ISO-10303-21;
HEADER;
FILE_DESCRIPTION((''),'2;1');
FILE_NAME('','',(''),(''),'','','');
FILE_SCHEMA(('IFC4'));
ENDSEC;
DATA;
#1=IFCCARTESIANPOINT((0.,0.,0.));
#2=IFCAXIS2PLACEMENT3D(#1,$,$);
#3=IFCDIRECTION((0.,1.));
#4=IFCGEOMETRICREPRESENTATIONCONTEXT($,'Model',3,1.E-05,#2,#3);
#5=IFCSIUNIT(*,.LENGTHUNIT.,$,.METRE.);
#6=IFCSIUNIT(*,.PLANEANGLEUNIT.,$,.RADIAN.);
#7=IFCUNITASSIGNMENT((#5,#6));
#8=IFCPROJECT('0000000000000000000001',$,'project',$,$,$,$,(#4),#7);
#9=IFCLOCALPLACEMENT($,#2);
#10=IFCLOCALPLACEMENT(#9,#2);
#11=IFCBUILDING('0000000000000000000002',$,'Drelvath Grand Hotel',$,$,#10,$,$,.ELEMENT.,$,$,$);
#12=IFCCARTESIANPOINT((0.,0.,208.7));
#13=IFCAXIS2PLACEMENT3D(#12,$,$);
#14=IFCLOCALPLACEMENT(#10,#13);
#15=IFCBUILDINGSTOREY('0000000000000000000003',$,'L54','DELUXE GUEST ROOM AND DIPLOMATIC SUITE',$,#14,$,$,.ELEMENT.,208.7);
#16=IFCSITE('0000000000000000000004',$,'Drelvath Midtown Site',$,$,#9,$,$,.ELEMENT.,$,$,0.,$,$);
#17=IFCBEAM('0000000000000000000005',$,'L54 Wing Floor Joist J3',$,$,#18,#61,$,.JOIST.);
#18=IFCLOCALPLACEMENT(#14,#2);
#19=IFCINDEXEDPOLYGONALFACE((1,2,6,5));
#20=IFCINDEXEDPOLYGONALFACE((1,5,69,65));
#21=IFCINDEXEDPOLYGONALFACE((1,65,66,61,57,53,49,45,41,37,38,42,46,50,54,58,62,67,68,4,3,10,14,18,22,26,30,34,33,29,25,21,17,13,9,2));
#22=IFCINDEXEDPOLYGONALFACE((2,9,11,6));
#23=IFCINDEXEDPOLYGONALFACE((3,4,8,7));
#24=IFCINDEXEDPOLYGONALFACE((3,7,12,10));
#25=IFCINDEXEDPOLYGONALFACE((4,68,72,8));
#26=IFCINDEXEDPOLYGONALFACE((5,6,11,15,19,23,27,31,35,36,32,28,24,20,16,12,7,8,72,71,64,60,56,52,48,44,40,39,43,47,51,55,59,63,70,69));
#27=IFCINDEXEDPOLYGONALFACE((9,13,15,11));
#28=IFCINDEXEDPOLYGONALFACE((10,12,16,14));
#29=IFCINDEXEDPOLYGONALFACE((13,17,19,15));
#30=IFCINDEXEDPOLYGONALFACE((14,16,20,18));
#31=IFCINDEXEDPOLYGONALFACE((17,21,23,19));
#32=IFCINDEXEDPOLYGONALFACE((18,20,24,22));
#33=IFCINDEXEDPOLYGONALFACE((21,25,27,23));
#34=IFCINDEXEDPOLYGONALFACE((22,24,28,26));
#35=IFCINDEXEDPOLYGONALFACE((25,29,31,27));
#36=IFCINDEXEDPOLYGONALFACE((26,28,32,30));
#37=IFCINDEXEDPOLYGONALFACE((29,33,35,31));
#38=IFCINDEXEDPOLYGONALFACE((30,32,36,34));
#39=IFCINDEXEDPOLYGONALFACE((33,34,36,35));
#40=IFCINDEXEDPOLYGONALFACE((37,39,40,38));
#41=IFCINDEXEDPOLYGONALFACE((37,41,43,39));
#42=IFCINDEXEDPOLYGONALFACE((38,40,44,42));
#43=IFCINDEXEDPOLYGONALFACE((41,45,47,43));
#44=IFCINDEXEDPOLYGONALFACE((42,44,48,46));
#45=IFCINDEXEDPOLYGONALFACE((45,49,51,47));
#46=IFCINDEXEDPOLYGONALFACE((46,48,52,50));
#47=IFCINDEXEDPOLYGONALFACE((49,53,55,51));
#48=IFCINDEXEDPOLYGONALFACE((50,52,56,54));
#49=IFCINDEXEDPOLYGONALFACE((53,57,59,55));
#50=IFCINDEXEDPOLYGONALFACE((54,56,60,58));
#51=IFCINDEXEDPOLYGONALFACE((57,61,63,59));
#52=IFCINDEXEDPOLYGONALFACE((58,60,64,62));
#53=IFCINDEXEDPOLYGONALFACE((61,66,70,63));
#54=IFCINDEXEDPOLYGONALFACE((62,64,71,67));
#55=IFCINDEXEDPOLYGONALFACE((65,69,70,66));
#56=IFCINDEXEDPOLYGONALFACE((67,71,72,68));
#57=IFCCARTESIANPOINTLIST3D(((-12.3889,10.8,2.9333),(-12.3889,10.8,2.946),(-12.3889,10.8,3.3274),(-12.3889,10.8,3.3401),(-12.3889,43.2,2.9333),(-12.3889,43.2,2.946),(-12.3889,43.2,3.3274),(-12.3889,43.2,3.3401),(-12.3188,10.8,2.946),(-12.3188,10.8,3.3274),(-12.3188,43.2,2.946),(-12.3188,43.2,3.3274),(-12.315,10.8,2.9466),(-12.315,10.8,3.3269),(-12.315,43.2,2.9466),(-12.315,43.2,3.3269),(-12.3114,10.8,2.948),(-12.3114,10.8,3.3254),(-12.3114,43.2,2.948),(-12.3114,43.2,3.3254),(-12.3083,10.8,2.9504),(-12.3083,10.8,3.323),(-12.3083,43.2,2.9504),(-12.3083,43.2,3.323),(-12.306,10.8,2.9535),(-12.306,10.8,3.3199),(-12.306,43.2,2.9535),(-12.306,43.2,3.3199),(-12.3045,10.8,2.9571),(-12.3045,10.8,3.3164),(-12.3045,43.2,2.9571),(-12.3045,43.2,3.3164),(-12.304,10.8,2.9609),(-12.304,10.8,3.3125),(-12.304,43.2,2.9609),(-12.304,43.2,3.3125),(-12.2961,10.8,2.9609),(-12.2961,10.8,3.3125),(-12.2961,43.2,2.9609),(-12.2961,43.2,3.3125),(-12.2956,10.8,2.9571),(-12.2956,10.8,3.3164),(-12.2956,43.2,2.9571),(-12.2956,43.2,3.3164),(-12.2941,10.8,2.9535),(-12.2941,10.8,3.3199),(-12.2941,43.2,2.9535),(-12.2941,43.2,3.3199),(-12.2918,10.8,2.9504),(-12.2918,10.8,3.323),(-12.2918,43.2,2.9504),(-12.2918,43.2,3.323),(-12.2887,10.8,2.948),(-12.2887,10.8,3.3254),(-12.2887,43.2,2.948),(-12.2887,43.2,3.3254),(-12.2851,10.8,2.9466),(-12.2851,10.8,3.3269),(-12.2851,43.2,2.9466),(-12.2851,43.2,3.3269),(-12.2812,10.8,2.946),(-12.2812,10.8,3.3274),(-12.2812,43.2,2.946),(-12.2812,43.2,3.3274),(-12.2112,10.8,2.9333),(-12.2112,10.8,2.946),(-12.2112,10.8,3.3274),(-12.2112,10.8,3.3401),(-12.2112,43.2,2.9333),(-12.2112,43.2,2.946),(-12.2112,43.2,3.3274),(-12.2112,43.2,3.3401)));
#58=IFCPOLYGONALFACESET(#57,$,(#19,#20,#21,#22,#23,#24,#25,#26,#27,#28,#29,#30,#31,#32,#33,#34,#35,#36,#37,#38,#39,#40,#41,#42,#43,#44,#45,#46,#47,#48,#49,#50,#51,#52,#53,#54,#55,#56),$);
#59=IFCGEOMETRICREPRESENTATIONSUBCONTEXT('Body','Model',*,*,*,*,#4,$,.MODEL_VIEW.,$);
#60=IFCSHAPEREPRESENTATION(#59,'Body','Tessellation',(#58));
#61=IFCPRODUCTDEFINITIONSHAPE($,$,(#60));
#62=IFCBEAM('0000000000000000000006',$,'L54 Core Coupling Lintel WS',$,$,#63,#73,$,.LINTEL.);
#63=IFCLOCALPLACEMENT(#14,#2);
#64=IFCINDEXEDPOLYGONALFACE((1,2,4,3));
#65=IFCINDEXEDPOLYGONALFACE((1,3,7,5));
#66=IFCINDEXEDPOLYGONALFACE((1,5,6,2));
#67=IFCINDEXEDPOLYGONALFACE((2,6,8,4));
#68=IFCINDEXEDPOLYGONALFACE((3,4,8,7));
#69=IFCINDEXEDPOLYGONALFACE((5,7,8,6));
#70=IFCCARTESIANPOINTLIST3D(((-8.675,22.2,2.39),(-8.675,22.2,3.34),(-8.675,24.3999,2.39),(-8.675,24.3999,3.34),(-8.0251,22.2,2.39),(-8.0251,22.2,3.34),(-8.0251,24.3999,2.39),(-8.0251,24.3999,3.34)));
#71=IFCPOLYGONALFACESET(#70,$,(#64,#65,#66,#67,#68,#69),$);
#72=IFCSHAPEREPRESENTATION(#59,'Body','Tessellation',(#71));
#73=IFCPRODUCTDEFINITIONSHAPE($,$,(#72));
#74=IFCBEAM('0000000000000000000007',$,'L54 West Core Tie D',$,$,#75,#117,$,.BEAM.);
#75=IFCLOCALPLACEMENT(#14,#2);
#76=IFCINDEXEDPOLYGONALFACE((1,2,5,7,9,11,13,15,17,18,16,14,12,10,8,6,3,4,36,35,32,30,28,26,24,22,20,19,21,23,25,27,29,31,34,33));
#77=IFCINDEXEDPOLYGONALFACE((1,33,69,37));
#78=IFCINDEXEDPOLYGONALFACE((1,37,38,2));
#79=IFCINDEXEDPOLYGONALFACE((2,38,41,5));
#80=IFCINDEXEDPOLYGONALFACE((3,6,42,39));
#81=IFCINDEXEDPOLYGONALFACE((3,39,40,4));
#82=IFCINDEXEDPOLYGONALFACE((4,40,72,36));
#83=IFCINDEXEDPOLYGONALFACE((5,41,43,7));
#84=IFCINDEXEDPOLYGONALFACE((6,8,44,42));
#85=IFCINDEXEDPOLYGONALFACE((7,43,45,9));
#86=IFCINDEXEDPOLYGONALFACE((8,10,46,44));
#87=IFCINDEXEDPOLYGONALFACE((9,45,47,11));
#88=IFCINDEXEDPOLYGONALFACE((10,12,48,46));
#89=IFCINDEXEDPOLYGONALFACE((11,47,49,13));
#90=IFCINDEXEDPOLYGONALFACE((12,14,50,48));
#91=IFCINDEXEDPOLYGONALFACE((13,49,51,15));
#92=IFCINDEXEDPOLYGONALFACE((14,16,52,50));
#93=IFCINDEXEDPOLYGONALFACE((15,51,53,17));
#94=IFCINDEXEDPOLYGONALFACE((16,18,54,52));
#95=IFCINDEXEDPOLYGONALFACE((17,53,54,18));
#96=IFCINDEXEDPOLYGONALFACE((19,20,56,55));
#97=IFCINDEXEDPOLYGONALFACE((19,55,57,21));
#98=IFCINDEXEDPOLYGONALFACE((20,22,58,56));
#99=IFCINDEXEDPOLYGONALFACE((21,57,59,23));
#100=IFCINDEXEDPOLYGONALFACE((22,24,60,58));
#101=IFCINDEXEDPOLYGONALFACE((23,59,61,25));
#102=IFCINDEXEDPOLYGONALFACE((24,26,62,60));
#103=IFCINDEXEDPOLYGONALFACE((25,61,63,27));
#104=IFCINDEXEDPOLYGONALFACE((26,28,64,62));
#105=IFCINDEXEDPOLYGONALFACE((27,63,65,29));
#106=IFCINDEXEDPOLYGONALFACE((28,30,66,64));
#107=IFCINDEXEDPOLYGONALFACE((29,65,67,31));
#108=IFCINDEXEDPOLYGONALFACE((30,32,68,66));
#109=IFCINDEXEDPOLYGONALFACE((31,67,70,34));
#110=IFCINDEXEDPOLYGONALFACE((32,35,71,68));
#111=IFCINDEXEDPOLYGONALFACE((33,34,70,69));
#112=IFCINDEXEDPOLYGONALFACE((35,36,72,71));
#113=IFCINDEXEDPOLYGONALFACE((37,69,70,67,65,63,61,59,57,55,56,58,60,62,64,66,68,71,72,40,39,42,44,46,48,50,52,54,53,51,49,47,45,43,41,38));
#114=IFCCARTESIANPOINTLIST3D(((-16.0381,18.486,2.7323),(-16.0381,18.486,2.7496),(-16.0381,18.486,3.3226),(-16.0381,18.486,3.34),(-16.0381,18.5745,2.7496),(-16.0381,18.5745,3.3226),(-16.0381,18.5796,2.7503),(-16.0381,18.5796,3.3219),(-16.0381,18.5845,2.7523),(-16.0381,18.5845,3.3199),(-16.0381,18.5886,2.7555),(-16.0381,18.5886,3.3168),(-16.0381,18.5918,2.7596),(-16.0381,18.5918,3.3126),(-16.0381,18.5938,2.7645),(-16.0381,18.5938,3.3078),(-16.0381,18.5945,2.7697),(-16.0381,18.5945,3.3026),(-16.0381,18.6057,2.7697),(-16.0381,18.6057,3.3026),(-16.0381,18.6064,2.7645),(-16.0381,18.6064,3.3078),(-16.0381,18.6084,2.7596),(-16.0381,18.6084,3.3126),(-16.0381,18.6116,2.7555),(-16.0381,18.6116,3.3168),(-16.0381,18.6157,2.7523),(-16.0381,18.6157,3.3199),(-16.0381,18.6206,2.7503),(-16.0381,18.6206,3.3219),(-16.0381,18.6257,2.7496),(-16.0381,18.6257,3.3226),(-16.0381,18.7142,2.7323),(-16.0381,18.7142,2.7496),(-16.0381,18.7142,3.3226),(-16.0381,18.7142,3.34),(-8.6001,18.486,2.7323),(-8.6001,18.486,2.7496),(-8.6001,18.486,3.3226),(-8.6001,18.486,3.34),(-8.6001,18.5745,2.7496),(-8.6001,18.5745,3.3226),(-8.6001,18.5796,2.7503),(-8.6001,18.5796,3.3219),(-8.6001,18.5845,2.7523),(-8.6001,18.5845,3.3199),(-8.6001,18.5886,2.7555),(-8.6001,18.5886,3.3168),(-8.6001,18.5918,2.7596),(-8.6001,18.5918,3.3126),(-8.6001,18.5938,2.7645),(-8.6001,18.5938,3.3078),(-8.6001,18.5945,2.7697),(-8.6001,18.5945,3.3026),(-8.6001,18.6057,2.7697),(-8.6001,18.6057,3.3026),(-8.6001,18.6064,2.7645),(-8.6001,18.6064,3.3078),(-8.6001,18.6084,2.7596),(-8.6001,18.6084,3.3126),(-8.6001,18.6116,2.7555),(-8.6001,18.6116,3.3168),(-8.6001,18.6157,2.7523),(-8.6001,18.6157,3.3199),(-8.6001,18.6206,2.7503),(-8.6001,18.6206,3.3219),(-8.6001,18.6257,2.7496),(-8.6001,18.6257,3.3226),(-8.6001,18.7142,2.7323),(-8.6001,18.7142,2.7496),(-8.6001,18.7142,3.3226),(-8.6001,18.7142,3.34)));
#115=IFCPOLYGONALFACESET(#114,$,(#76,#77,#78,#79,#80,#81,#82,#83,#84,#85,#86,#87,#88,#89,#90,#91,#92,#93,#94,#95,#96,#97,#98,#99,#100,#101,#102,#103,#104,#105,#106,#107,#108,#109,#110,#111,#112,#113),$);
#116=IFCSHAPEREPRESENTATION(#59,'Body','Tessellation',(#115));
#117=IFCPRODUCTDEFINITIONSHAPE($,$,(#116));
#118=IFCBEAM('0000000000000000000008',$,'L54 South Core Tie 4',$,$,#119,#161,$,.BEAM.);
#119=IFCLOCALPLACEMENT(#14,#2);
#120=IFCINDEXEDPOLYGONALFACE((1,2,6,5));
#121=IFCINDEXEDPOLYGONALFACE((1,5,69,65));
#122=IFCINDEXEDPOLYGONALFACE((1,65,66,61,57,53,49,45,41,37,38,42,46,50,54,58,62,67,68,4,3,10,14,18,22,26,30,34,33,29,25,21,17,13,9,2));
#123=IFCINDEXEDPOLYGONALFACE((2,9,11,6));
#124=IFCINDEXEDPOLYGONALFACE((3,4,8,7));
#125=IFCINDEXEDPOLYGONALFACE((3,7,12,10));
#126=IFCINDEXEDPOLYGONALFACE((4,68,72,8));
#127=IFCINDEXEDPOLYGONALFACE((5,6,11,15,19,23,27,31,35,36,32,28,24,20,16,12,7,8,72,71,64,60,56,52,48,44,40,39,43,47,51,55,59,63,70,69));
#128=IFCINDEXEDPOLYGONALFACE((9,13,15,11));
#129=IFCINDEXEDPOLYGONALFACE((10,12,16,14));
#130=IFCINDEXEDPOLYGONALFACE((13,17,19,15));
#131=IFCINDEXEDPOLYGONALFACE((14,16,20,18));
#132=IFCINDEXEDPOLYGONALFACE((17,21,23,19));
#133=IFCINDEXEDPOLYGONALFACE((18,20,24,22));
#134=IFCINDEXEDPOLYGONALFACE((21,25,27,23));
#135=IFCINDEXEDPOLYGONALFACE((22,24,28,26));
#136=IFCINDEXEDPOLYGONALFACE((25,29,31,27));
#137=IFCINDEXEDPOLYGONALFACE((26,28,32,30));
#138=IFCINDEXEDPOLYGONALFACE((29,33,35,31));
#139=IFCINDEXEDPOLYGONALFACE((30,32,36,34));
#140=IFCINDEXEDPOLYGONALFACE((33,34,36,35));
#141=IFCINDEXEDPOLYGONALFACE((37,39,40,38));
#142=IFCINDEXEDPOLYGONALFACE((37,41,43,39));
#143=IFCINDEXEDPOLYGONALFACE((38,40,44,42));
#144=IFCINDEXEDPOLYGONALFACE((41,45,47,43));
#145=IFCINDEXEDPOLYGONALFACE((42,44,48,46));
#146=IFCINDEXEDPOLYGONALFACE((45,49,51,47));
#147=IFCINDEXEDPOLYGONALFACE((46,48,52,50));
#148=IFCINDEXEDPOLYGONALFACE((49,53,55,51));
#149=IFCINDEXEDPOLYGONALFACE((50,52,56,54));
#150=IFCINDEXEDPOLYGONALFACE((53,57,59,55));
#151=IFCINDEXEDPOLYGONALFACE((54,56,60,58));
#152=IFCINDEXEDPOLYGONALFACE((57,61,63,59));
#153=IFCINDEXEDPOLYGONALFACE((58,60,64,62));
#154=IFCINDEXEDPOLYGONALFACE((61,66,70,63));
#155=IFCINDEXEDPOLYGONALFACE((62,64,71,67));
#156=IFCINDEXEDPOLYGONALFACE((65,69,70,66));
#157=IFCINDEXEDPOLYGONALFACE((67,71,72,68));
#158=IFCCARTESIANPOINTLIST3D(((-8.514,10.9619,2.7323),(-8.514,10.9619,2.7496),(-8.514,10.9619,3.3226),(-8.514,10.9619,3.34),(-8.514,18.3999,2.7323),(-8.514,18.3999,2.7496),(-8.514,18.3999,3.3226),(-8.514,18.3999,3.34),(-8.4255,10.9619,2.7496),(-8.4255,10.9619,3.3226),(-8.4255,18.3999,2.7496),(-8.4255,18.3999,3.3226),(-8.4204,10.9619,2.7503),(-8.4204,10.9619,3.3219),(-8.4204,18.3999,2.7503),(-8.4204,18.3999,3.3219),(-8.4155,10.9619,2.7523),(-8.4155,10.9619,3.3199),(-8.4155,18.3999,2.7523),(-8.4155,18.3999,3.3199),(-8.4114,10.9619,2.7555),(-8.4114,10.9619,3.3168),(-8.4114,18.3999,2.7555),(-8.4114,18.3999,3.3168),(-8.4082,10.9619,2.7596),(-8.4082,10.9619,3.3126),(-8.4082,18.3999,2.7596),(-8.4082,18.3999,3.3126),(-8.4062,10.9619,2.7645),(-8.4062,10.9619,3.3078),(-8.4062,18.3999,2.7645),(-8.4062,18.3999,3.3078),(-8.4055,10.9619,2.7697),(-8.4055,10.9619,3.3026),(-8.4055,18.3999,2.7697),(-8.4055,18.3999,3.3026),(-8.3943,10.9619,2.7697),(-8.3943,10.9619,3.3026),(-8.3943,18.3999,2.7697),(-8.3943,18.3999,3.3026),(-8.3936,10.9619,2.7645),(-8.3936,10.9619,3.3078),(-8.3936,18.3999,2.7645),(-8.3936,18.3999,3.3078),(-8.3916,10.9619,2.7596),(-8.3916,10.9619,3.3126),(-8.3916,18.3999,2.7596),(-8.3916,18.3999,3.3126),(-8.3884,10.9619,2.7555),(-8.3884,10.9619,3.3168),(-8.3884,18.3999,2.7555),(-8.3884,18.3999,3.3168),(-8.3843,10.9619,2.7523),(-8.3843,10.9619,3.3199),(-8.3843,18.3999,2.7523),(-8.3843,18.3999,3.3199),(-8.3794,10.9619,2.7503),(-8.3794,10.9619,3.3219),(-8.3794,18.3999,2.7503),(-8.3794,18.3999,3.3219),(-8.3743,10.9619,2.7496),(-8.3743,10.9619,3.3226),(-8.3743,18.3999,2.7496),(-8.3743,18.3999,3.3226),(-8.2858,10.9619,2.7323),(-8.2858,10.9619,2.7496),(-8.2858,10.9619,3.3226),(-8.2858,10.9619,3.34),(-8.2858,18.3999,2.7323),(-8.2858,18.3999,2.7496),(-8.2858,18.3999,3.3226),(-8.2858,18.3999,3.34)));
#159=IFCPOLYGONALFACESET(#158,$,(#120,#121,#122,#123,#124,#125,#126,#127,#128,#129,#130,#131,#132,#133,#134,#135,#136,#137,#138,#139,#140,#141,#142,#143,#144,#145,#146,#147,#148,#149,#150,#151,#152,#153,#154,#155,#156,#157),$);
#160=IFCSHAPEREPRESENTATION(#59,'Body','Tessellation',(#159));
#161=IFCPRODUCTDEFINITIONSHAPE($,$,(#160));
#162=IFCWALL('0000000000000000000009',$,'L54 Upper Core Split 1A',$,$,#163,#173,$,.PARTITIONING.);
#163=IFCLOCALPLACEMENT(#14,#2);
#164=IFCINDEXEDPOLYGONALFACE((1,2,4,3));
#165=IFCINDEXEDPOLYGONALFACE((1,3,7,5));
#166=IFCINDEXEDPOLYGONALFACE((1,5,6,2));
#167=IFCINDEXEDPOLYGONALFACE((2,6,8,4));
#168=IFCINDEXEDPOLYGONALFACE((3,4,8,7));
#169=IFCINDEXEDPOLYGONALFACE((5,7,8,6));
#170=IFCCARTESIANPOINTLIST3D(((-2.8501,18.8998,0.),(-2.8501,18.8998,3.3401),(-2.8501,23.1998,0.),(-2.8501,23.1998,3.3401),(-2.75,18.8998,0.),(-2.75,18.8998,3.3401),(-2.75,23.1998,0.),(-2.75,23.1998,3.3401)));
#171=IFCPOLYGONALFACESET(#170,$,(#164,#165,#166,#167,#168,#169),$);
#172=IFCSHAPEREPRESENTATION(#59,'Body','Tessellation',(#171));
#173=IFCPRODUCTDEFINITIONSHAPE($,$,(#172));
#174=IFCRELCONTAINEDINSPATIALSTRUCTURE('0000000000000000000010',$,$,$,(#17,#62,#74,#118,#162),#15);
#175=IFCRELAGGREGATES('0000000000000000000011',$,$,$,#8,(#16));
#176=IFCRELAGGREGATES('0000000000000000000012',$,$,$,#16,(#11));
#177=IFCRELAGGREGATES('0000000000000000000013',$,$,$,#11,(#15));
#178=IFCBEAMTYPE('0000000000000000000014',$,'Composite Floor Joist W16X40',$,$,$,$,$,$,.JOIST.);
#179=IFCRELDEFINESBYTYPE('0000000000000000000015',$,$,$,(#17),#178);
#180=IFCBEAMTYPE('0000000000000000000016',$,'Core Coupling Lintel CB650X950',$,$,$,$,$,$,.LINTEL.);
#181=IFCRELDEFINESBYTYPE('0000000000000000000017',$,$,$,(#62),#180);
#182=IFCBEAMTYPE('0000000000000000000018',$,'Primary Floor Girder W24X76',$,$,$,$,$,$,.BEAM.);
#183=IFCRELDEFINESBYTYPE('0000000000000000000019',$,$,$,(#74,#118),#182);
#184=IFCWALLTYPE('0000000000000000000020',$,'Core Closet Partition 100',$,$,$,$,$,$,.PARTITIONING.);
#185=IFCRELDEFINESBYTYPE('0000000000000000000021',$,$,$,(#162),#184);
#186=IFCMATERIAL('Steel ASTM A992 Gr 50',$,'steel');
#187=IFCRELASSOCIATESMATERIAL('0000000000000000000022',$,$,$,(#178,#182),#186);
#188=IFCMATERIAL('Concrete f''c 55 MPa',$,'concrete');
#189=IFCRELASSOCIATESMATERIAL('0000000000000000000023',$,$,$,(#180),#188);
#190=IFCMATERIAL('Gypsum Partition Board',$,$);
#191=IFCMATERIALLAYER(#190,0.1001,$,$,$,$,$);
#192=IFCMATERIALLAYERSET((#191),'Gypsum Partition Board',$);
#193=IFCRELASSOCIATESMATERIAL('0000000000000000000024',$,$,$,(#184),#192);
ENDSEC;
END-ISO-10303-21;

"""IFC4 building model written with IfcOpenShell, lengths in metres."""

from ifc_helpers import new_model, si_unit, direction, frame, frame_2d, origin, origin_2d, place, context, subcontext, project, spatial, rectangle, i_section, extrude, material, layer, layer_set, material_profile, profile_set, type_object, element, save


model = new_model("IFC4")

# Units and contexts
model_context = context("Model", 3, precision=1e-05, world=origin(), true_north=direction((0.0, 1.0)))
body_context = subcontext(model_context, "Body", "Model", "MODEL_VIEW")
ifc_project = project(units=[si_unit("LENGTHUNIT", "METRE"), si_unit("PLANEANGLEUNIT", "RADIAN")], contexts=[model_context])

# Site, building, storey
site_placement = place(None, origin())
site = spatial("IfcSite", under=ifc_project, at=site_placement, Name="Drelvath Midtown Site", CompositionType="ELEMENT", RefElevation=0.0)
building_placement = place(site_placement, origin())
building = spatial("IfcBuilding", under=site, at=building_placement, Name="Drelvath Grand Hotel", CompositionType="ELEMENT")
storey_placement = place(building_placement, frame((0.0, 0.0, 208.7)))
storey = spatial("IfcBuildingStorey", under=building, at=storey_placement, Name="L54", Description="DELUXE GUEST ROOM AND DIPLOMATIC SUITE", CompositionType="ELEMENT", Elevation=208.7)

# Beams
ifc_material_1 = material(Name="Steel ASTM A992 Gr 50", Category="steel")
ifc_material_profile_1 = material_profile(ifc_material_1, i_section(OverallWidth=0.1777, OverallDepth=0.4067, WebThickness=0.0078, FlangeThickness=0.0127, FilletRadius=0.0149, at=origin_2d()), Name="W16X40")
ifc_profile_set_1 = profile_set([ifc_material_profile_1], Name="Steel ASTM A992 Gr 50")
beam_type_1 = type_object("IfcBeamType", Name="Composite Floor Joist W16X40", PredefinedType="JOIST", material=ifc_profile_set_1)
beam_1_placement = place(storey_placement, frame((-12.3, 10.8, 3.1367), z_axis=(0.0, 1.0, 0.0), x_axis=(-1.0, 0.0, 0.0)))
element("IfcBeam", 1, at=beam_1_placement, inside=storey, type_object=beam_type_1, Name="L54 Wing Floor Joist J3", PredefinedType="JOIST", context=body_context, shape_type="SweptSolid", body=[
    extrude(i_section(OverallWidth=0.1777, OverallDepth=0.4067, WebThickness=0.0078, FlangeThickness=0.0127, FilletRadius=0.0149, at=origin_2d()), origin(), (0.0, 0.0, 1.0), 32.3999),
])
ifc_material_2 = material(Name="Concrete f'c 55 MPa", Category="concrete")
ifc_material_profile_2 = material_profile(ifc_material_2, rectangle(XDim=0.6499, YDim=0.95, at=origin_2d()), Name="CB650X950")
ifc_profile_set_2 = profile_set([ifc_material_profile_2], Name="Concrete f'c 55 MPa")
beam_type_2 = type_object("IfcBeamType", Name="Core Coupling Lintel CB650X950", PredefinedType="LINTEL", material=ifc_profile_set_2)
beam_2_placement = place(storey_placement, frame((-8.3501, 22.2, 2.865), z_axis=(0.0, 1.0, 0.0), x_axis=(-1.0, 0.0, 0.0)))
element("IfcBeam", 2, at=beam_2_placement, inside=storey, type_object=beam_type_2, Name="L54 Core Coupling Lintel WS", PredefinedType="LINTEL", context=body_context, shape_type="SweptSolid", body=[
    extrude(rectangle(XDim=0.6499, YDim=0.95, at=origin_2d()), origin(), (0.0, 0.0, 1.0), 2.2),
])
ifc_material_profile_3 = material_profile(ifc_material_1, i_section(OverallWidth=0.2283, OverallDepth=0.6077, WebThickness=0.0112, FlangeThickness=0.0173, FilletRadius=0.02, at=origin_2d()), Name="W24X76")
ifc_profile_set_3 = profile_set([ifc_material_profile_3], Name="Steel ASTM A992 Gr 50")
beam_type_3 = type_object("IfcBeamType", Name="Primary Floor Girder W24X76", PredefinedType="BEAM", material=ifc_profile_set_3)
for number, where, z_axis, x_axis, name in (
    (3, (-16.0381, 18.6001, 3.0361), (1.0, 0.0, 0.0), (0.0, 1.0, 0.0), "L54 West Core Tie D"),
    (4, (-8.3999, 10.9619, 3.0361), (0.0, 1.0, 0.0), (-1.0, 0.0, 0.0), "L54 South Core Tie 4"),
):
    element("IfcBeam", number, at=place(storey_placement, frame(where, z_axis=z_axis, x_axis=x_axis)), inside=storey, type_object=beam_type_3, Name=name, PredefinedType="BEAM", context=body_context, shape_type="SweptSolid", body=[
        extrude(i_section(OverallWidth=0.2283, OverallDepth=0.6077, WebThickness=0.0112, FlangeThickness=0.0173, FilletRadius=0.02, at=origin_2d()), origin(), (0.0, 0.0, 1.0), 7.438),
    ])

# Wall
ifc_material_3 = material(Name="Gypsum Partition Board")
ifc_layer_1 = layer(ifc_material_3, 0.1001)
ifc_layer_set_1 = layer_set([ifc_layer_1], Name="Gypsum Partition Board")
wall_type_1 = type_object("IfcWallType", Name="Core Closet Partition 100", PredefinedType="PARTITIONING", material=ifc_layer_set_1)
wall_1_placement = place(storey_placement, frame((-2.8, 18.8999, 0.0), z_axis=(0.0, 0.0, 1.0), x_axis=(0.0, 1.0, 0.0)))
element("IfcWall", 5, at=wall_1_placement, inside=storey, type_object=wall_type_1, Name="L54 Upper Core Split 1A", PredefinedType="PARTITIONING", context=body_context, shape_type="SweptSolid", body=[
    extrude(rectangle(XDim=4.3, YDim=0.1001, at=frame_2d((2.1499, 0.0))), origin(), (0.0, 0.0, 1.0), 3.3401),
])

save(model, "model.ifc")
